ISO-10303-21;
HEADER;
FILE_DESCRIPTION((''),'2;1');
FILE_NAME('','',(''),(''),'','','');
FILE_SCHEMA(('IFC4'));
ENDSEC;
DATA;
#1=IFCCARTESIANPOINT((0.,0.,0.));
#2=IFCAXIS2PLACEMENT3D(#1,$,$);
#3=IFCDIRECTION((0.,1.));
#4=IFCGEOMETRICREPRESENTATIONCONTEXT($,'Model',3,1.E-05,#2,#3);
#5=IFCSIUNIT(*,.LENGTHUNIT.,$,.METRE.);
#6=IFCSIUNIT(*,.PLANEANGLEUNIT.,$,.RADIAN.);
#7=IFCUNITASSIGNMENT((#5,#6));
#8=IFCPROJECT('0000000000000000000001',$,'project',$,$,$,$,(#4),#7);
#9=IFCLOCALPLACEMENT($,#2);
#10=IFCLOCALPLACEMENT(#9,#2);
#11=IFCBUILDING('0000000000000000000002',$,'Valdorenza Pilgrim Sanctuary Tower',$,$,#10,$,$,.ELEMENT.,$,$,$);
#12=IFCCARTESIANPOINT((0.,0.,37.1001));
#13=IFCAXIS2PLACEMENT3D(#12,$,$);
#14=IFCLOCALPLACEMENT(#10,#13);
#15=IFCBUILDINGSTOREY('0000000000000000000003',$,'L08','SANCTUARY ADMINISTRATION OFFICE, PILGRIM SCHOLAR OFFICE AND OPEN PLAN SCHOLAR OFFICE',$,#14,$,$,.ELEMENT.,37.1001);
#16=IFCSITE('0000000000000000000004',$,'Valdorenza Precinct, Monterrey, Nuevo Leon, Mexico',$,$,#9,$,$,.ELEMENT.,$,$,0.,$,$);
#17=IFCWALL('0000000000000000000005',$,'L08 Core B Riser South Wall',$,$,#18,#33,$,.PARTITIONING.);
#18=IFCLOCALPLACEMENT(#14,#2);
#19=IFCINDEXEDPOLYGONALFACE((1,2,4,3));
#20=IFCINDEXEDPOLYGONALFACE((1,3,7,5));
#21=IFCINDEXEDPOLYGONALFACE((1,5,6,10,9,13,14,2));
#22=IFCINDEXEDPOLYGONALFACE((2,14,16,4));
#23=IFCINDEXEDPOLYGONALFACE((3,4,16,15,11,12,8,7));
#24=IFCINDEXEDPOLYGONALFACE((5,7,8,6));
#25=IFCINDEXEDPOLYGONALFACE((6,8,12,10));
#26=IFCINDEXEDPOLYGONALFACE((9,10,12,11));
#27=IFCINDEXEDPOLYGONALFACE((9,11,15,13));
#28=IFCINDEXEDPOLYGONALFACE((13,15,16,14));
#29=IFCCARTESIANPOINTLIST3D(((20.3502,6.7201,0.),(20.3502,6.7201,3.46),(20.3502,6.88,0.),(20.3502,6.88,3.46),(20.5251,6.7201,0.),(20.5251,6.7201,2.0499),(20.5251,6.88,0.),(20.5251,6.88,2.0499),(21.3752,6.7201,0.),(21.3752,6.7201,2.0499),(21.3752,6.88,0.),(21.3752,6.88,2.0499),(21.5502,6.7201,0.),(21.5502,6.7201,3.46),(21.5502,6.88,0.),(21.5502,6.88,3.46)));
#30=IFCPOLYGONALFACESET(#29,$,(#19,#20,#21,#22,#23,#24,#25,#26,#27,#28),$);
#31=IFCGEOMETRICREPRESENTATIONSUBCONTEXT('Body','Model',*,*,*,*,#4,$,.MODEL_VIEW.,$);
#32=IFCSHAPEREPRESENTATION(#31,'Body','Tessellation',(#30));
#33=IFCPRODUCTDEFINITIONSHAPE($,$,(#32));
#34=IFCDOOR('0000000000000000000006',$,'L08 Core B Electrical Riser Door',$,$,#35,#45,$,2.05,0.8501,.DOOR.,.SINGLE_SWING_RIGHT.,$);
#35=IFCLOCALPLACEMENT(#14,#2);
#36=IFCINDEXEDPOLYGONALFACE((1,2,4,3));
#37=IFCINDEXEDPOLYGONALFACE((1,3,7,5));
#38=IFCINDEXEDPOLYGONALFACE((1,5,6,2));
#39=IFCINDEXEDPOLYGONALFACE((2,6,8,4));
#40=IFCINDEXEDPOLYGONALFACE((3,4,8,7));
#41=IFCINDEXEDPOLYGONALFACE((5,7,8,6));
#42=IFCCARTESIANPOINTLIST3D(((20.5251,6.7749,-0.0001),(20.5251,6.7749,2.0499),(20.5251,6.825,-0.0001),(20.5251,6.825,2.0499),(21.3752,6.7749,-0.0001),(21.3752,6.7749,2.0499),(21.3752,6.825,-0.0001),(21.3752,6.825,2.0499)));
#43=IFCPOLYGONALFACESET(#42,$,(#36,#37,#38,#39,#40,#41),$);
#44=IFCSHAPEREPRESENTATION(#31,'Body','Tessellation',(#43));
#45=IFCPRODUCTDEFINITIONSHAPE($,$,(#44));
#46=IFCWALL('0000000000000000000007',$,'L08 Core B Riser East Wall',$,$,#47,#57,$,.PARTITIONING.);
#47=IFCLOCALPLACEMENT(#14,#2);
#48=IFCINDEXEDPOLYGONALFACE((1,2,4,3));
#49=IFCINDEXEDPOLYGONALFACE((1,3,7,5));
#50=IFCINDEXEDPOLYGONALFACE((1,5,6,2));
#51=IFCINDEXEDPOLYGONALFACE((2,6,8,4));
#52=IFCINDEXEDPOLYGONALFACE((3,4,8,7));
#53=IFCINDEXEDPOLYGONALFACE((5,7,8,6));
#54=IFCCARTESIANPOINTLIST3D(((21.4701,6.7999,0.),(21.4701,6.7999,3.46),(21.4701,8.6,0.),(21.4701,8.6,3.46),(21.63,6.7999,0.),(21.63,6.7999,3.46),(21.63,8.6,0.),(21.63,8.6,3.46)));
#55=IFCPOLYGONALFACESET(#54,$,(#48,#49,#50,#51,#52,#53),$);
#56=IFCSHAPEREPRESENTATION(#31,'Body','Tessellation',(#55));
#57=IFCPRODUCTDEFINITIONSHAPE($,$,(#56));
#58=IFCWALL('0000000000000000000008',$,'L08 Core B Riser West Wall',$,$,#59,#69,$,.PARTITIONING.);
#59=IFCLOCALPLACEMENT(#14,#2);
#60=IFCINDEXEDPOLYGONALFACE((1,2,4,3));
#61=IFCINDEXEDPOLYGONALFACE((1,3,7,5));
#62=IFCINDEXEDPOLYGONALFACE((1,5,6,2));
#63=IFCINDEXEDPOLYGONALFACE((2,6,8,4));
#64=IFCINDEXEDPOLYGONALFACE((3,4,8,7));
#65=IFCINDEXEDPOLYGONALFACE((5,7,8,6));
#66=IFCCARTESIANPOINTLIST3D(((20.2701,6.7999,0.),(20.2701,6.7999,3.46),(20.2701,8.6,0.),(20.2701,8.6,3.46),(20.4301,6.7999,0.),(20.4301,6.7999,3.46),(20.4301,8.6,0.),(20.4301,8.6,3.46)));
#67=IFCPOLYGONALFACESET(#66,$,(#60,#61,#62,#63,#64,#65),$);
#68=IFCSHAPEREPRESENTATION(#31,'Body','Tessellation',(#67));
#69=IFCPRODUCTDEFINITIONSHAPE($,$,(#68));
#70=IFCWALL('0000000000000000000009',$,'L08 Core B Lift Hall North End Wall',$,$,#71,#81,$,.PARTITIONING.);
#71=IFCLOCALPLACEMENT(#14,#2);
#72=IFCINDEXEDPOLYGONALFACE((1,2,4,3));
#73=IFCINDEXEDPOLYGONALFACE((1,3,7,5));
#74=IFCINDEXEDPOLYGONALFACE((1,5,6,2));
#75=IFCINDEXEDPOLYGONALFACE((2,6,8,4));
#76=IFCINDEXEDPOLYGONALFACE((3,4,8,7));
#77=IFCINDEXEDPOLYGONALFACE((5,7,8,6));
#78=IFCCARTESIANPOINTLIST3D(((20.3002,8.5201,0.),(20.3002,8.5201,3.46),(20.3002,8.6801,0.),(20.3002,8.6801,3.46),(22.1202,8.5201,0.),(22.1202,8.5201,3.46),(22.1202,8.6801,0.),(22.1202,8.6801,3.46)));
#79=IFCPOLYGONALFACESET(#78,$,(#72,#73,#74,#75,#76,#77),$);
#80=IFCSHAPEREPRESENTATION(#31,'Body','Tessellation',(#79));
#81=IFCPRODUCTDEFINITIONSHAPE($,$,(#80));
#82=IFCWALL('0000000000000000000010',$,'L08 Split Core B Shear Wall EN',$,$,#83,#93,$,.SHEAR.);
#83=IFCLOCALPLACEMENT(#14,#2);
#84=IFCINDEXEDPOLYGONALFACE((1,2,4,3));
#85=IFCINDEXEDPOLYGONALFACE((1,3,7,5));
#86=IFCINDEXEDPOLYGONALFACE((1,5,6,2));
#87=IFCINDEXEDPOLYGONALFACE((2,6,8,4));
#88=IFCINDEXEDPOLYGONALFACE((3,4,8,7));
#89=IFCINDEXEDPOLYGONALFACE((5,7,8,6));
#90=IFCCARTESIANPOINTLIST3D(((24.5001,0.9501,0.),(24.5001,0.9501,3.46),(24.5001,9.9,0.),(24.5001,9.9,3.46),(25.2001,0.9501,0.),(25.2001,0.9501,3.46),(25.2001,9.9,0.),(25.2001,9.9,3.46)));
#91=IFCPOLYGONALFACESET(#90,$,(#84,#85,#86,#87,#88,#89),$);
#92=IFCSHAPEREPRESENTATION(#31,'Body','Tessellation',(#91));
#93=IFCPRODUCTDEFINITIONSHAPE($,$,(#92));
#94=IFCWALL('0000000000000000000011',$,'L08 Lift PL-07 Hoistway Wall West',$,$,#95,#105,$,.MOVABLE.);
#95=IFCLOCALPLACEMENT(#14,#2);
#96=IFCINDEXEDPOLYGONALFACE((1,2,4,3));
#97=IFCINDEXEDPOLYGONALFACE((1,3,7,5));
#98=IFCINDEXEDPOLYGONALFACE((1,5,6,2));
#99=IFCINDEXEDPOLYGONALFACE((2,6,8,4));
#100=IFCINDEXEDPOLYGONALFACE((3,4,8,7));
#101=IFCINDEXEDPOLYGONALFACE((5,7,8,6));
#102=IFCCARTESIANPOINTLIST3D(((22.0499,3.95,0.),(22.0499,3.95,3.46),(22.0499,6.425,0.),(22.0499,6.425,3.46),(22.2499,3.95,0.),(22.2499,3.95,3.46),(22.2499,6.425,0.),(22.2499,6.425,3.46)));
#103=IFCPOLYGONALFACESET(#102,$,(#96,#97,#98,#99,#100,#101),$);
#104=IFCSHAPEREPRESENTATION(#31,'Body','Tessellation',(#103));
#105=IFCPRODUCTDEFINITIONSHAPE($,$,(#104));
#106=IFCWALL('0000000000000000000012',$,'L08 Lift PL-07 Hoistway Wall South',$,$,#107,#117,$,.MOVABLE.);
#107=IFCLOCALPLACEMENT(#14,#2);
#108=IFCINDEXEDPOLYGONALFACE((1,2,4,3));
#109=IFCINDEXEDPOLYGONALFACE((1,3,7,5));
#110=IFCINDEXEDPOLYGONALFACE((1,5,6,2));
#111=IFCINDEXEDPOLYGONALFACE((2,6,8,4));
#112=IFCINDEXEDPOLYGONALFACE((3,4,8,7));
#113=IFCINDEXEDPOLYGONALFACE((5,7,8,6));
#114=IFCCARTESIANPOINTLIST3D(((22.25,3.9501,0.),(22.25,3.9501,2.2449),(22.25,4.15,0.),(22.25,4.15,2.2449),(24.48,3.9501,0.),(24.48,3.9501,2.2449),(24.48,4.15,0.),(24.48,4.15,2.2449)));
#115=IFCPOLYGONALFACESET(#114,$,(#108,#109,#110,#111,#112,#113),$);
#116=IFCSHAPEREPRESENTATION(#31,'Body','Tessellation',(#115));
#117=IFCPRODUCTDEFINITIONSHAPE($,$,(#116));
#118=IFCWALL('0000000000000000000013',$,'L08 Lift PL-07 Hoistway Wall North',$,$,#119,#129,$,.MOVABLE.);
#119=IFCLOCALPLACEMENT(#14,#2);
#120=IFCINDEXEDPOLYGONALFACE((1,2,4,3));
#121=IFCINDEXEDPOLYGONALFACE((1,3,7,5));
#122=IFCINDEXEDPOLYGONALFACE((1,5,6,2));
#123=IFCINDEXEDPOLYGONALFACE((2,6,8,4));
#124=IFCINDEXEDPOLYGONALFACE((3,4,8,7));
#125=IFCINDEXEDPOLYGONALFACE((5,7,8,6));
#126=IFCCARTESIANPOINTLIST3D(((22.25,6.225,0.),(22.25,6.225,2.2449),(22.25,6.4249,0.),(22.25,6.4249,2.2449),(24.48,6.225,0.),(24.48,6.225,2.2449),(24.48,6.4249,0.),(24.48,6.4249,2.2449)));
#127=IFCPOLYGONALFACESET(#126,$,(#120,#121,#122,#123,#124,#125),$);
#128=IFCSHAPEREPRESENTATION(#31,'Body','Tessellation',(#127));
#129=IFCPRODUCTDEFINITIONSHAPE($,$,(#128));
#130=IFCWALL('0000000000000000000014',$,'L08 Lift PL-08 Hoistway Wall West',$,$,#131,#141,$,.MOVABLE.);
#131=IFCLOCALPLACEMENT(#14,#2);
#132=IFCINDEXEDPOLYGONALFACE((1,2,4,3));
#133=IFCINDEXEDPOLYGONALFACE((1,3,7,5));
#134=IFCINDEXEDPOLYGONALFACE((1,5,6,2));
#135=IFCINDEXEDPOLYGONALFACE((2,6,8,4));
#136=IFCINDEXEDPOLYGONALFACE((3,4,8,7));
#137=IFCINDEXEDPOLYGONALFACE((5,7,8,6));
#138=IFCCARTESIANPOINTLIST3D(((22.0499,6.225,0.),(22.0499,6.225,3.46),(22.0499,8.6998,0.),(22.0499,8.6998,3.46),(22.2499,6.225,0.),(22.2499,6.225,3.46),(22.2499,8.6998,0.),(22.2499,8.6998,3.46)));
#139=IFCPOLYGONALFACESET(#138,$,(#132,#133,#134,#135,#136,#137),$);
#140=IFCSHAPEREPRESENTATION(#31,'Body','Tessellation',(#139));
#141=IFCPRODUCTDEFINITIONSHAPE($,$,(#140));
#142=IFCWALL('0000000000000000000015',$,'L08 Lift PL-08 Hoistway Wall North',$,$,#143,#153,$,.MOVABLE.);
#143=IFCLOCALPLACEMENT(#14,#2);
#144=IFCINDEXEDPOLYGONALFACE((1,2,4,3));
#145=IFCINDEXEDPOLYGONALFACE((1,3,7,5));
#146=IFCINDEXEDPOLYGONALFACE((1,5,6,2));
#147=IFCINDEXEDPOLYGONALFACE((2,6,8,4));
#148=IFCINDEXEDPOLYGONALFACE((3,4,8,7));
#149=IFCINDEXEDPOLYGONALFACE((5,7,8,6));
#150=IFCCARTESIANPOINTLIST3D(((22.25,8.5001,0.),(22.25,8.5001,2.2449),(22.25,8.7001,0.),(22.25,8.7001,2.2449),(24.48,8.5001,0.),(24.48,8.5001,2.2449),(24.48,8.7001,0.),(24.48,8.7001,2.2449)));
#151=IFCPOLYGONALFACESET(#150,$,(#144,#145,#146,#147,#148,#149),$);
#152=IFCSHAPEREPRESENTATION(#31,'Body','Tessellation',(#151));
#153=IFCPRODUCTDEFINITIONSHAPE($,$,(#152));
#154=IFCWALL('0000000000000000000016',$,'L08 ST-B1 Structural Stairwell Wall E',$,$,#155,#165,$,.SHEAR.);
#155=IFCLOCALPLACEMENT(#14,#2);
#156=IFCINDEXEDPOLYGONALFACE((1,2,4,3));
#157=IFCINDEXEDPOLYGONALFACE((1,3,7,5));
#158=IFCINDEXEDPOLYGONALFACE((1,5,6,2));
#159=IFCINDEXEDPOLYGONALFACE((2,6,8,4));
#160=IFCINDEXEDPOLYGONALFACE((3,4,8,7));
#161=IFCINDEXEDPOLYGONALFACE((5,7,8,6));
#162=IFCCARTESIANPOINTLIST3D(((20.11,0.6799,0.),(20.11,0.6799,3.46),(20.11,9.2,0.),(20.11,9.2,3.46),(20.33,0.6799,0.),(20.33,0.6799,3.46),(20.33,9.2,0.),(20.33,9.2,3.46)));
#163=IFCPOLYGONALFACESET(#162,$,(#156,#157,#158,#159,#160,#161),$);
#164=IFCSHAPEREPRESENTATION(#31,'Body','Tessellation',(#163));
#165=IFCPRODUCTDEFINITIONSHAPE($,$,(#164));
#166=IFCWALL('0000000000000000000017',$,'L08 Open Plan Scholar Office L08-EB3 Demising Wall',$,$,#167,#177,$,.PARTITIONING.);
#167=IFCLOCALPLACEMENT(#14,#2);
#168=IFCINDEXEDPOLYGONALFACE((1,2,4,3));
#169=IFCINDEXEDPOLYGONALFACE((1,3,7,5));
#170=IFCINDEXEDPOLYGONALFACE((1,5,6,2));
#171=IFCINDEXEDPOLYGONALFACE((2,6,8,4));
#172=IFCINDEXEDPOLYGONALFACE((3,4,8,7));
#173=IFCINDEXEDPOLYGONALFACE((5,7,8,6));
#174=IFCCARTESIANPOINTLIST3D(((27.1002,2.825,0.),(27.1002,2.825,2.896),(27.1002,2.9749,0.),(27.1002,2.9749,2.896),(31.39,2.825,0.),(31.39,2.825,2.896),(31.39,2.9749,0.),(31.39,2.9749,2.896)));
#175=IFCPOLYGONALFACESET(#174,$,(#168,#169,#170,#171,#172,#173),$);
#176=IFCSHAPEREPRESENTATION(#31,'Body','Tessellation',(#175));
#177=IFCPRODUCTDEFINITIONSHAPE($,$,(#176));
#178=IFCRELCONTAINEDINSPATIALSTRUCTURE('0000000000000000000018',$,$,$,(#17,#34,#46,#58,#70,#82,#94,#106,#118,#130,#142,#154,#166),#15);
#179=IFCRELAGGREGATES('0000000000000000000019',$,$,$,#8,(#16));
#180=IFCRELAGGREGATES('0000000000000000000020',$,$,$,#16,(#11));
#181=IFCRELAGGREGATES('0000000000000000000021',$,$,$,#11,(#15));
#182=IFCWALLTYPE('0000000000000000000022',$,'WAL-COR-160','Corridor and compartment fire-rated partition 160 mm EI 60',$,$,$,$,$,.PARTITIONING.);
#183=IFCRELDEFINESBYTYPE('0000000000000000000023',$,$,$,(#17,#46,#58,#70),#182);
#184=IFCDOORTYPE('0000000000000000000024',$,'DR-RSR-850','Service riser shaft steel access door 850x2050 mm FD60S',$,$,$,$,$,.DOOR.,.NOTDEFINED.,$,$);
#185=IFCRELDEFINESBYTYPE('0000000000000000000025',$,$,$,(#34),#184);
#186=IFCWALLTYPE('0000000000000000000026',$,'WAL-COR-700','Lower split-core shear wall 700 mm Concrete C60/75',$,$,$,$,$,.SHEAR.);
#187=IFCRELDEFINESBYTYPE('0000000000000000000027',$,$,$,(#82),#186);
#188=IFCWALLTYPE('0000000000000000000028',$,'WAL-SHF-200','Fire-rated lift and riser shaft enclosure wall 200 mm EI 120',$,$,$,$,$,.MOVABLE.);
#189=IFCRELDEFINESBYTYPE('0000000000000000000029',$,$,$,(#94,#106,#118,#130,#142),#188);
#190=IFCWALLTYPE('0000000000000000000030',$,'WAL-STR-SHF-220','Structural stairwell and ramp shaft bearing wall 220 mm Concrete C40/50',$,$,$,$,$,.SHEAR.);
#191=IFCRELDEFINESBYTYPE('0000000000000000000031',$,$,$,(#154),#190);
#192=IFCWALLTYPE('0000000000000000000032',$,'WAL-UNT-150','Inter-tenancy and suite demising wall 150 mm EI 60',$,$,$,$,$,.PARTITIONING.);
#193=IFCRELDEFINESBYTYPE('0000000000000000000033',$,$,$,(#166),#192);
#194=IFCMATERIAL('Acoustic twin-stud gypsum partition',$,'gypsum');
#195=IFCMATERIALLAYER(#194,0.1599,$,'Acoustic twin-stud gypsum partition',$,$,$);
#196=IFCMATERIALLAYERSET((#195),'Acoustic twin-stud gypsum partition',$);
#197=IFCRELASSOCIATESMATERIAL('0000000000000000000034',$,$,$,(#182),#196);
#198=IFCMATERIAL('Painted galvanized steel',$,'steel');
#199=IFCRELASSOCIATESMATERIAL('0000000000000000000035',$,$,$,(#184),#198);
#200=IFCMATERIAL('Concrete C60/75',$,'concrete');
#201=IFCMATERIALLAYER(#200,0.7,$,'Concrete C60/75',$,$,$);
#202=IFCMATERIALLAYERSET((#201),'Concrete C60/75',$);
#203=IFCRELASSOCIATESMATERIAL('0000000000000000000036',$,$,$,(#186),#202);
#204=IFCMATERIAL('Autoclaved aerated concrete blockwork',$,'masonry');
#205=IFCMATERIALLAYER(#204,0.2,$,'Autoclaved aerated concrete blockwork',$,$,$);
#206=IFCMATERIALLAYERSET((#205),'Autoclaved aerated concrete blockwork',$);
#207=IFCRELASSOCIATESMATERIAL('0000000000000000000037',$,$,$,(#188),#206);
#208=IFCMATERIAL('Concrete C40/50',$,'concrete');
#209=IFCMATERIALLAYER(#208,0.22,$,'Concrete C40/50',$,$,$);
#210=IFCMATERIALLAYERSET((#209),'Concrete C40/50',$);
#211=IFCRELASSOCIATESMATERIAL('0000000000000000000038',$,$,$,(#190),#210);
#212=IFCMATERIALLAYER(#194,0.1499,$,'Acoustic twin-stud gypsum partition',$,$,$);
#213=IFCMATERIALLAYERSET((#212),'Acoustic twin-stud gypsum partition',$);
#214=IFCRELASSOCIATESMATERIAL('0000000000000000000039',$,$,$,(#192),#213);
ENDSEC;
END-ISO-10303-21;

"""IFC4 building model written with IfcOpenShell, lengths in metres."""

from ifc_helpers import new_model, si_unit, direction, frame, frame_2d, origin, place, context, subcontext, project, spatial, rectangle, extrude, material, layer, layer_set, type_object, element, fill, save


model = new_model("IFC4")

# Units and contexts
model_context = context("Model", 3, precision=1e-05, world=origin(), true_north=direction((0.0, 1.0)))
body_context = subcontext(model_context, "Body", "Model", "MODEL_VIEW")
ifc_project = project(units=[si_unit("LENGTHUNIT", "METRE"), si_unit("PLANEANGLEUNIT", "RADIAN")], contexts=[model_context])

# Site, building, storey
site_placement = place(None, origin())
site = spatial("IfcSite", under=ifc_project, at=site_placement, Name="Valdorenza Precinct, Monterrey, Nuevo Leon, Mexico", CompositionType="ELEMENT", RefElevation=0.0)
building_placement = place(site_placement, origin())
building = spatial("IfcBuilding", under=site, at=building_placement, Name="Valdorenza Pilgrim Sanctuary Tower", CompositionType="ELEMENT")
storey_placement = place(building_placement, frame((0.0, 0.0, 37.1001)))
storey = spatial("IfcBuildingStorey", under=building, at=storey_placement, Name="L08", Description="SANCTUARY ADMINISTRATION OFFICE, PILGRIM SCHOLAR OFFICE AND OPEN PLAN SCHOLAR OFFICE", CompositionType="ELEMENT", Elevation=37.1001)

# Wall, opening, door
ifc_material_1 = material(Name="Acoustic twin-stud gypsum partition", Category="gypsum")
ifc_layer_1 = layer(ifc_material_1, 0.1599, Name="Acoustic twin-stud gypsum partition")
ifc_layer_set_1 = layer_set([ifc_layer_1], Name="Acoustic twin-stud gypsum partition")
wall_type_1 = type_object("IfcWallType", Name="WAL-COR-160", Description="Corridor and compartment fire-rated partition 160 mm EI 60", PredefinedType="PARTITIONING", material=ifc_layer_set_1)
wall_1_placement = place(storey_placement, frame((20.3501, 6.8, 0.0), z_axis=(0.0, 0.0, 1.0), x_axis=(1.0, 0.0, 0.0)))
wall_1 = element("IfcWall", 1, at=wall_1_placement, inside=storey, type_object=wall_type_1, Name="L08 Core B Riser South Wall", PredefinedType="PARTITIONING", context=body_context, shape_type="SweptSolid", body=[
    extrude(rectangle(XDim=1.2, YDim=0.1599, at=frame_2d((0.6001, 0.0))), origin(), (0.0, 0.0, 1.0), 3.46),
])
opening_1_placement = place(wall_1_placement, frame((0.175, 0.0, 0.0)))
opening_1 = element("IfcOpeningElement", 2, at=opening_1_placement, cuts=wall_1, PredefinedType="OPENING", context=body_context, shape_type="SweptSolid", body=[
    extrude(rectangle(XDim=0.8501, YDim=2.05, at=frame_2d((0.425, 1.0249))), frame((0.0, 0.0947, 0.0), z_axis=(0.0, -1.0, 0.0), x_axis=(1.0, 0.0, 0.0)), (0.0, 0.0, 1.0), 0.1897),
])
ifc_material_2 = material(Name="Painted galvanized steel", Category="steel")
door_type_1 = type_object("IfcDoorType", Name="DR-RSR-850", Description="Service riser shaft steel access door 850x2050 mm FD60S", OperationType="NOTDEFINED", PredefinedType="DOOR", material=ifc_material_2)
door_1_placement = place(opening_1_placement, origin())
door_1 = element("IfcDoor", 3, at=door_1_placement, inside=storey, type_object=door_type_1, Name="L08 Core B Electrical Riser Door", OperationType="SINGLE_SWING_RIGHT", OverallHeight=2.05, OverallWidth=0.8501, PredefinedType="DOOR", context=body_context, shape_type="SweptSolid", body=[
    extrude(rectangle(XDim=0.8501, YDim=2.05, at=frame_2d((0.425, 1.0249))), frame((0.0, 0.0249, 0.0), z_axis=(0.0, -1.0, 0.0), x_axis=(1.0, 0.0, 0.0)), (0.0, 0.0, 1.0), 0.05),
])
fill(opening_1, door_1)

# Walls
for number, where, z_axis, x_axis, name in (
    (4, (21.55, 6.8, 0.0), (0.0, 0.0, 1.0), (0.0, 1.0, 0.0), "L08 Core B Riser East Wall"),
    (5, (20.3501, 6.8, 0.0), (0.0, 0.0, 1.0), (0.0, 1.0, 0.0), "L08 Core B Riser West Wall"),
):
    element("IfcWall", number, at=place(storey_placement, frame(where, z_axis=z_axis, x_axis=x_axis)), inside=storey, type_object=wall_type_1, Name=name, PredefinedType="PARTITIONING", context=body_context, shape_type="SweptSolid", body=[
        extrude(rectangle(XDim=1.8, YDim=0.1599, at=frame_2d((0.8999, 0.0))), origin(), (0.0, 0.0, 1.0), 3.46),
    ])
wall_2_placement = place(storey_placement, frame((20.3, 8.6001, 0.0), z_axis=(0.0, 0.0, 1.0), x_axis=(1.0, 0.0, 0.0)))
element("IfcWall", 6, at=wall_2_placement, inside=storey, type_object=wall_type_1, Name="L08 Core B Lift Hall North End Wall", PredefinedType="PARTITIONING", context=body_context, shape_type="SweptSolid", body=[
    extrude(rectangle(XDim=1.8201, YDim=0.1599, at=frame_2d((0.9102, 0.0))), origin(), (0.0, 0.0, 1.0), 3.46),
])
ifc_material_3 = material(Name="Concrete C60/75", Category="concrete")
ifc_layer_2 = layer(ifc_material_3, 0.7, Name="Concrete C60/75")
ifc_layer_set_2 = layer_set([ifc_layer_2], Name="Concrete C60/75")
wall_type_2 = type_object("IfcWallType", Name="WAL-COR-700", Description="Lower split-core shear wall 700 mm Concrete C60/75", PredefinedType="SHEAR", material=ifc_layer_set_2)
wall_3_placement = place(storey_placement, frame((24.8501, 0.95, 0.0), z_axis=(0.0, 0.0, 1.0), x_axis=(0.0, 1.0, 0.0)))
element("IfcWall", 7, at=wall_3_placement, inside=storey, type_object=wall_type_2, Name="L08 Split Core B Shear Wall EN", PredefinedType="SHEAR", context=body_context, shape_type="SweptSolid", body=[
    extrude(rectangle(XDim=8.95, YDim=0.7, at=frame_2d((4.4751, 0.0))), origin(), (0.0, 0.0, 1.0), 3.46),
])
ifc_material_4 = material(Name="Autoclaved aerated concrete blockwork", Category="masonry")
ifc_layer_3 = layer(ifc_material_4, 0.2, Name="Autoclaved aerated concrete blockwork")
ifc_layer_set_3 = layer_set([ifc_layer_3], Name="Autoclaved aerated concrete blockwork")
wall_type_3 = type_object("IfcWallType", Name="WAL-SHF-200", Description="Fire-rated lift and riser shaft enclosure wall 200 mm EI 120", PredefinedType="MOVABLE", material=ifc_layer_set_3)
wall_4_placement = place(storey_placement, frame((22.1499, 3.95, 0.0), z_axis=(0.0, 0.0, 1.0), x_axis=(0.0, 1.0, 0.0)))
element("IfcWall", 8, at=wall_4_placement, inside=storey, type_object=wall_type_3, Name="L08 Lift PL-07 Hoistway Wall West", PredefinedType="MOVABLE", context=body_context, shape_type="SweptSolid", body=[
    extrude(rectangle(XDim=2.4751, YDim=0.2, at=frame_2d((1.2375, 0.0))), origin(), (0.0, 0.0, 1.0), 3.46),
])
for number, where, z_axis, x_axis, name in (
    (9, (22.25, 4.05, 0.0), (0.0, 0.0, 1.0), (1.0, 0.0, 0.0), "L08 Lift PL-07 Hoistway Wall South"),
    (10, (22.25, 6.325, 0.0), (0.0, 0.0, 1.0), (1.0, 0.0, 0.0), "L08 Lift PL-07 Hoistway Wall North"),
):
    element("IfcWall", number, at=place(storey_placement, frame(where, z_axis=z_axis, x_axis=x_axis)), inside=storey, type_object=wall_type_3, Name=name, PredefinedType="MOVABLE", context=body_context, shape_type="SweptSolid", body=[
        extrude(rectangle(XDim=2.23, YDim=0.2, at=frame_2d((1.115, 0.0))), origin(), (0.0, 0.0, 1.0), 2.2449),
    ])
wall_5_placement = place(storey_placement, frame((22.1499, 6.2251, 0.0), z_axis=(0.0, 0.0, 1.0), x_axis=(0.0, 1.0, 0.0)))
element("IfcWall", 11, at=wall_5_placement, inside=storey, type_object=wall_type_3, Name="L08 Lift PL-08 Hoistway Wall West", PredefinedType="MOVABLE", context=body_context, shape_type="SweptSolid", body=[
    extrude(rectangle(XDim=2.4749, YDim=0.2, at=frame_2d((1.2373, 0.0))), origin(), (0.0, 0.0, 1.0), 3.46),
])
wall_6_placement = place(storey_placement, frame((22.25, 8.6001, 0.0), z_axis=(0.0, 0.0, 1.0), x_axis=(1.0, 0.0, 0.0)))
element("IfcWall", 12, at=wall_6_placement, inside=storey, type_object=wall_type_3, Name="L08 Lift PL-08 Hoistway Wall North", PredefinedType="MOVABLE", context=body_context, shape_type="SweptSolid", body=[
    extrude(rectangle(XDim=2.23, YDim=0.2, at=frame_2d((1.115, 0.0))), origin(), (0.0, 0.0, 1.0), 2.2449),
])
ifc_material_5 = material(Name="Concrete C40/50", Category="concrete")
ifc_layer_4 = layer(ifc_material_5, 0.22, Name="Concrete C40/50")
ifc_layer_set_4 = layer_set([ifc_layer_4], Name="Concrete C40/50")
wall_type_4 = type_object("IfcWallType", Name="WAL-STR-SHF-220", Description="Structural stairwell and ramp shaft bearing wall 220 mm Concrete C40/50", PredefinedType="SHEAR", material=ifc_layer_set_4)
wall_7_placement = place(storey_placement, frame((20.22, 0.6799, 0.0), z_axis=(0.0, 0.0, 1.0), x_axis=(0.0, 1.0, 0.0)))
element("IfcWall", 13, at=wall_7_placement, inside=storey, type_object=wall_type_4, Name="L08 ST-B1 Structural Stairwell Wall E", PredefinedType="SHEAR", context=body_context, shape_type="SweptSolid", body=[
    extrude(rectangle(XDim=8.52, YDim=0.22, at=frame_2d((4.26, 0.0))), origin(), (0.0, 0.0, 1.0), 3.46),
])

# Wall
ifc_layer_5 = layer(ifc_material_1, 0.1499, Name="Acoustic twin-stud gypsum partition")
ifc_layer_set_5 = layer_set([ifc_layer_5], Name="Acoustic twin-stud gypsum partition")
wall_type_5 = type_object("IfcWallType", Name="WAL-UNT-150", Description="Inter-tenancy and suite demising wall 150 mm EI 60", PredefinedType="PARTITIONING", material=ifc_layer_set_5)
wall_8_placement = place(storey_placement, frame((27.1001, 2.8999, 0.0), z_axis=(0.0, 0.0, 1.0), x_axis=(1.0, 0.0, 0.0)))
element("IfcWall", 14, at=wall_8_placement, inside=storey, type_object=wall_type_5, Name="L08 Open Plan Scholar Office L08-EB3 Demising Wall", PredefinedType="PARTITIONING", context=body_context, shape_type="SweptSolid", body=[
    extrude(rectangle(XDim=4.2898, YDim=0.1499, at=frame_2d((2.145, 0.0))), origin(), (0.0, 0.0, 1.0), 2.896),
])

save(model, "model.ifc")
